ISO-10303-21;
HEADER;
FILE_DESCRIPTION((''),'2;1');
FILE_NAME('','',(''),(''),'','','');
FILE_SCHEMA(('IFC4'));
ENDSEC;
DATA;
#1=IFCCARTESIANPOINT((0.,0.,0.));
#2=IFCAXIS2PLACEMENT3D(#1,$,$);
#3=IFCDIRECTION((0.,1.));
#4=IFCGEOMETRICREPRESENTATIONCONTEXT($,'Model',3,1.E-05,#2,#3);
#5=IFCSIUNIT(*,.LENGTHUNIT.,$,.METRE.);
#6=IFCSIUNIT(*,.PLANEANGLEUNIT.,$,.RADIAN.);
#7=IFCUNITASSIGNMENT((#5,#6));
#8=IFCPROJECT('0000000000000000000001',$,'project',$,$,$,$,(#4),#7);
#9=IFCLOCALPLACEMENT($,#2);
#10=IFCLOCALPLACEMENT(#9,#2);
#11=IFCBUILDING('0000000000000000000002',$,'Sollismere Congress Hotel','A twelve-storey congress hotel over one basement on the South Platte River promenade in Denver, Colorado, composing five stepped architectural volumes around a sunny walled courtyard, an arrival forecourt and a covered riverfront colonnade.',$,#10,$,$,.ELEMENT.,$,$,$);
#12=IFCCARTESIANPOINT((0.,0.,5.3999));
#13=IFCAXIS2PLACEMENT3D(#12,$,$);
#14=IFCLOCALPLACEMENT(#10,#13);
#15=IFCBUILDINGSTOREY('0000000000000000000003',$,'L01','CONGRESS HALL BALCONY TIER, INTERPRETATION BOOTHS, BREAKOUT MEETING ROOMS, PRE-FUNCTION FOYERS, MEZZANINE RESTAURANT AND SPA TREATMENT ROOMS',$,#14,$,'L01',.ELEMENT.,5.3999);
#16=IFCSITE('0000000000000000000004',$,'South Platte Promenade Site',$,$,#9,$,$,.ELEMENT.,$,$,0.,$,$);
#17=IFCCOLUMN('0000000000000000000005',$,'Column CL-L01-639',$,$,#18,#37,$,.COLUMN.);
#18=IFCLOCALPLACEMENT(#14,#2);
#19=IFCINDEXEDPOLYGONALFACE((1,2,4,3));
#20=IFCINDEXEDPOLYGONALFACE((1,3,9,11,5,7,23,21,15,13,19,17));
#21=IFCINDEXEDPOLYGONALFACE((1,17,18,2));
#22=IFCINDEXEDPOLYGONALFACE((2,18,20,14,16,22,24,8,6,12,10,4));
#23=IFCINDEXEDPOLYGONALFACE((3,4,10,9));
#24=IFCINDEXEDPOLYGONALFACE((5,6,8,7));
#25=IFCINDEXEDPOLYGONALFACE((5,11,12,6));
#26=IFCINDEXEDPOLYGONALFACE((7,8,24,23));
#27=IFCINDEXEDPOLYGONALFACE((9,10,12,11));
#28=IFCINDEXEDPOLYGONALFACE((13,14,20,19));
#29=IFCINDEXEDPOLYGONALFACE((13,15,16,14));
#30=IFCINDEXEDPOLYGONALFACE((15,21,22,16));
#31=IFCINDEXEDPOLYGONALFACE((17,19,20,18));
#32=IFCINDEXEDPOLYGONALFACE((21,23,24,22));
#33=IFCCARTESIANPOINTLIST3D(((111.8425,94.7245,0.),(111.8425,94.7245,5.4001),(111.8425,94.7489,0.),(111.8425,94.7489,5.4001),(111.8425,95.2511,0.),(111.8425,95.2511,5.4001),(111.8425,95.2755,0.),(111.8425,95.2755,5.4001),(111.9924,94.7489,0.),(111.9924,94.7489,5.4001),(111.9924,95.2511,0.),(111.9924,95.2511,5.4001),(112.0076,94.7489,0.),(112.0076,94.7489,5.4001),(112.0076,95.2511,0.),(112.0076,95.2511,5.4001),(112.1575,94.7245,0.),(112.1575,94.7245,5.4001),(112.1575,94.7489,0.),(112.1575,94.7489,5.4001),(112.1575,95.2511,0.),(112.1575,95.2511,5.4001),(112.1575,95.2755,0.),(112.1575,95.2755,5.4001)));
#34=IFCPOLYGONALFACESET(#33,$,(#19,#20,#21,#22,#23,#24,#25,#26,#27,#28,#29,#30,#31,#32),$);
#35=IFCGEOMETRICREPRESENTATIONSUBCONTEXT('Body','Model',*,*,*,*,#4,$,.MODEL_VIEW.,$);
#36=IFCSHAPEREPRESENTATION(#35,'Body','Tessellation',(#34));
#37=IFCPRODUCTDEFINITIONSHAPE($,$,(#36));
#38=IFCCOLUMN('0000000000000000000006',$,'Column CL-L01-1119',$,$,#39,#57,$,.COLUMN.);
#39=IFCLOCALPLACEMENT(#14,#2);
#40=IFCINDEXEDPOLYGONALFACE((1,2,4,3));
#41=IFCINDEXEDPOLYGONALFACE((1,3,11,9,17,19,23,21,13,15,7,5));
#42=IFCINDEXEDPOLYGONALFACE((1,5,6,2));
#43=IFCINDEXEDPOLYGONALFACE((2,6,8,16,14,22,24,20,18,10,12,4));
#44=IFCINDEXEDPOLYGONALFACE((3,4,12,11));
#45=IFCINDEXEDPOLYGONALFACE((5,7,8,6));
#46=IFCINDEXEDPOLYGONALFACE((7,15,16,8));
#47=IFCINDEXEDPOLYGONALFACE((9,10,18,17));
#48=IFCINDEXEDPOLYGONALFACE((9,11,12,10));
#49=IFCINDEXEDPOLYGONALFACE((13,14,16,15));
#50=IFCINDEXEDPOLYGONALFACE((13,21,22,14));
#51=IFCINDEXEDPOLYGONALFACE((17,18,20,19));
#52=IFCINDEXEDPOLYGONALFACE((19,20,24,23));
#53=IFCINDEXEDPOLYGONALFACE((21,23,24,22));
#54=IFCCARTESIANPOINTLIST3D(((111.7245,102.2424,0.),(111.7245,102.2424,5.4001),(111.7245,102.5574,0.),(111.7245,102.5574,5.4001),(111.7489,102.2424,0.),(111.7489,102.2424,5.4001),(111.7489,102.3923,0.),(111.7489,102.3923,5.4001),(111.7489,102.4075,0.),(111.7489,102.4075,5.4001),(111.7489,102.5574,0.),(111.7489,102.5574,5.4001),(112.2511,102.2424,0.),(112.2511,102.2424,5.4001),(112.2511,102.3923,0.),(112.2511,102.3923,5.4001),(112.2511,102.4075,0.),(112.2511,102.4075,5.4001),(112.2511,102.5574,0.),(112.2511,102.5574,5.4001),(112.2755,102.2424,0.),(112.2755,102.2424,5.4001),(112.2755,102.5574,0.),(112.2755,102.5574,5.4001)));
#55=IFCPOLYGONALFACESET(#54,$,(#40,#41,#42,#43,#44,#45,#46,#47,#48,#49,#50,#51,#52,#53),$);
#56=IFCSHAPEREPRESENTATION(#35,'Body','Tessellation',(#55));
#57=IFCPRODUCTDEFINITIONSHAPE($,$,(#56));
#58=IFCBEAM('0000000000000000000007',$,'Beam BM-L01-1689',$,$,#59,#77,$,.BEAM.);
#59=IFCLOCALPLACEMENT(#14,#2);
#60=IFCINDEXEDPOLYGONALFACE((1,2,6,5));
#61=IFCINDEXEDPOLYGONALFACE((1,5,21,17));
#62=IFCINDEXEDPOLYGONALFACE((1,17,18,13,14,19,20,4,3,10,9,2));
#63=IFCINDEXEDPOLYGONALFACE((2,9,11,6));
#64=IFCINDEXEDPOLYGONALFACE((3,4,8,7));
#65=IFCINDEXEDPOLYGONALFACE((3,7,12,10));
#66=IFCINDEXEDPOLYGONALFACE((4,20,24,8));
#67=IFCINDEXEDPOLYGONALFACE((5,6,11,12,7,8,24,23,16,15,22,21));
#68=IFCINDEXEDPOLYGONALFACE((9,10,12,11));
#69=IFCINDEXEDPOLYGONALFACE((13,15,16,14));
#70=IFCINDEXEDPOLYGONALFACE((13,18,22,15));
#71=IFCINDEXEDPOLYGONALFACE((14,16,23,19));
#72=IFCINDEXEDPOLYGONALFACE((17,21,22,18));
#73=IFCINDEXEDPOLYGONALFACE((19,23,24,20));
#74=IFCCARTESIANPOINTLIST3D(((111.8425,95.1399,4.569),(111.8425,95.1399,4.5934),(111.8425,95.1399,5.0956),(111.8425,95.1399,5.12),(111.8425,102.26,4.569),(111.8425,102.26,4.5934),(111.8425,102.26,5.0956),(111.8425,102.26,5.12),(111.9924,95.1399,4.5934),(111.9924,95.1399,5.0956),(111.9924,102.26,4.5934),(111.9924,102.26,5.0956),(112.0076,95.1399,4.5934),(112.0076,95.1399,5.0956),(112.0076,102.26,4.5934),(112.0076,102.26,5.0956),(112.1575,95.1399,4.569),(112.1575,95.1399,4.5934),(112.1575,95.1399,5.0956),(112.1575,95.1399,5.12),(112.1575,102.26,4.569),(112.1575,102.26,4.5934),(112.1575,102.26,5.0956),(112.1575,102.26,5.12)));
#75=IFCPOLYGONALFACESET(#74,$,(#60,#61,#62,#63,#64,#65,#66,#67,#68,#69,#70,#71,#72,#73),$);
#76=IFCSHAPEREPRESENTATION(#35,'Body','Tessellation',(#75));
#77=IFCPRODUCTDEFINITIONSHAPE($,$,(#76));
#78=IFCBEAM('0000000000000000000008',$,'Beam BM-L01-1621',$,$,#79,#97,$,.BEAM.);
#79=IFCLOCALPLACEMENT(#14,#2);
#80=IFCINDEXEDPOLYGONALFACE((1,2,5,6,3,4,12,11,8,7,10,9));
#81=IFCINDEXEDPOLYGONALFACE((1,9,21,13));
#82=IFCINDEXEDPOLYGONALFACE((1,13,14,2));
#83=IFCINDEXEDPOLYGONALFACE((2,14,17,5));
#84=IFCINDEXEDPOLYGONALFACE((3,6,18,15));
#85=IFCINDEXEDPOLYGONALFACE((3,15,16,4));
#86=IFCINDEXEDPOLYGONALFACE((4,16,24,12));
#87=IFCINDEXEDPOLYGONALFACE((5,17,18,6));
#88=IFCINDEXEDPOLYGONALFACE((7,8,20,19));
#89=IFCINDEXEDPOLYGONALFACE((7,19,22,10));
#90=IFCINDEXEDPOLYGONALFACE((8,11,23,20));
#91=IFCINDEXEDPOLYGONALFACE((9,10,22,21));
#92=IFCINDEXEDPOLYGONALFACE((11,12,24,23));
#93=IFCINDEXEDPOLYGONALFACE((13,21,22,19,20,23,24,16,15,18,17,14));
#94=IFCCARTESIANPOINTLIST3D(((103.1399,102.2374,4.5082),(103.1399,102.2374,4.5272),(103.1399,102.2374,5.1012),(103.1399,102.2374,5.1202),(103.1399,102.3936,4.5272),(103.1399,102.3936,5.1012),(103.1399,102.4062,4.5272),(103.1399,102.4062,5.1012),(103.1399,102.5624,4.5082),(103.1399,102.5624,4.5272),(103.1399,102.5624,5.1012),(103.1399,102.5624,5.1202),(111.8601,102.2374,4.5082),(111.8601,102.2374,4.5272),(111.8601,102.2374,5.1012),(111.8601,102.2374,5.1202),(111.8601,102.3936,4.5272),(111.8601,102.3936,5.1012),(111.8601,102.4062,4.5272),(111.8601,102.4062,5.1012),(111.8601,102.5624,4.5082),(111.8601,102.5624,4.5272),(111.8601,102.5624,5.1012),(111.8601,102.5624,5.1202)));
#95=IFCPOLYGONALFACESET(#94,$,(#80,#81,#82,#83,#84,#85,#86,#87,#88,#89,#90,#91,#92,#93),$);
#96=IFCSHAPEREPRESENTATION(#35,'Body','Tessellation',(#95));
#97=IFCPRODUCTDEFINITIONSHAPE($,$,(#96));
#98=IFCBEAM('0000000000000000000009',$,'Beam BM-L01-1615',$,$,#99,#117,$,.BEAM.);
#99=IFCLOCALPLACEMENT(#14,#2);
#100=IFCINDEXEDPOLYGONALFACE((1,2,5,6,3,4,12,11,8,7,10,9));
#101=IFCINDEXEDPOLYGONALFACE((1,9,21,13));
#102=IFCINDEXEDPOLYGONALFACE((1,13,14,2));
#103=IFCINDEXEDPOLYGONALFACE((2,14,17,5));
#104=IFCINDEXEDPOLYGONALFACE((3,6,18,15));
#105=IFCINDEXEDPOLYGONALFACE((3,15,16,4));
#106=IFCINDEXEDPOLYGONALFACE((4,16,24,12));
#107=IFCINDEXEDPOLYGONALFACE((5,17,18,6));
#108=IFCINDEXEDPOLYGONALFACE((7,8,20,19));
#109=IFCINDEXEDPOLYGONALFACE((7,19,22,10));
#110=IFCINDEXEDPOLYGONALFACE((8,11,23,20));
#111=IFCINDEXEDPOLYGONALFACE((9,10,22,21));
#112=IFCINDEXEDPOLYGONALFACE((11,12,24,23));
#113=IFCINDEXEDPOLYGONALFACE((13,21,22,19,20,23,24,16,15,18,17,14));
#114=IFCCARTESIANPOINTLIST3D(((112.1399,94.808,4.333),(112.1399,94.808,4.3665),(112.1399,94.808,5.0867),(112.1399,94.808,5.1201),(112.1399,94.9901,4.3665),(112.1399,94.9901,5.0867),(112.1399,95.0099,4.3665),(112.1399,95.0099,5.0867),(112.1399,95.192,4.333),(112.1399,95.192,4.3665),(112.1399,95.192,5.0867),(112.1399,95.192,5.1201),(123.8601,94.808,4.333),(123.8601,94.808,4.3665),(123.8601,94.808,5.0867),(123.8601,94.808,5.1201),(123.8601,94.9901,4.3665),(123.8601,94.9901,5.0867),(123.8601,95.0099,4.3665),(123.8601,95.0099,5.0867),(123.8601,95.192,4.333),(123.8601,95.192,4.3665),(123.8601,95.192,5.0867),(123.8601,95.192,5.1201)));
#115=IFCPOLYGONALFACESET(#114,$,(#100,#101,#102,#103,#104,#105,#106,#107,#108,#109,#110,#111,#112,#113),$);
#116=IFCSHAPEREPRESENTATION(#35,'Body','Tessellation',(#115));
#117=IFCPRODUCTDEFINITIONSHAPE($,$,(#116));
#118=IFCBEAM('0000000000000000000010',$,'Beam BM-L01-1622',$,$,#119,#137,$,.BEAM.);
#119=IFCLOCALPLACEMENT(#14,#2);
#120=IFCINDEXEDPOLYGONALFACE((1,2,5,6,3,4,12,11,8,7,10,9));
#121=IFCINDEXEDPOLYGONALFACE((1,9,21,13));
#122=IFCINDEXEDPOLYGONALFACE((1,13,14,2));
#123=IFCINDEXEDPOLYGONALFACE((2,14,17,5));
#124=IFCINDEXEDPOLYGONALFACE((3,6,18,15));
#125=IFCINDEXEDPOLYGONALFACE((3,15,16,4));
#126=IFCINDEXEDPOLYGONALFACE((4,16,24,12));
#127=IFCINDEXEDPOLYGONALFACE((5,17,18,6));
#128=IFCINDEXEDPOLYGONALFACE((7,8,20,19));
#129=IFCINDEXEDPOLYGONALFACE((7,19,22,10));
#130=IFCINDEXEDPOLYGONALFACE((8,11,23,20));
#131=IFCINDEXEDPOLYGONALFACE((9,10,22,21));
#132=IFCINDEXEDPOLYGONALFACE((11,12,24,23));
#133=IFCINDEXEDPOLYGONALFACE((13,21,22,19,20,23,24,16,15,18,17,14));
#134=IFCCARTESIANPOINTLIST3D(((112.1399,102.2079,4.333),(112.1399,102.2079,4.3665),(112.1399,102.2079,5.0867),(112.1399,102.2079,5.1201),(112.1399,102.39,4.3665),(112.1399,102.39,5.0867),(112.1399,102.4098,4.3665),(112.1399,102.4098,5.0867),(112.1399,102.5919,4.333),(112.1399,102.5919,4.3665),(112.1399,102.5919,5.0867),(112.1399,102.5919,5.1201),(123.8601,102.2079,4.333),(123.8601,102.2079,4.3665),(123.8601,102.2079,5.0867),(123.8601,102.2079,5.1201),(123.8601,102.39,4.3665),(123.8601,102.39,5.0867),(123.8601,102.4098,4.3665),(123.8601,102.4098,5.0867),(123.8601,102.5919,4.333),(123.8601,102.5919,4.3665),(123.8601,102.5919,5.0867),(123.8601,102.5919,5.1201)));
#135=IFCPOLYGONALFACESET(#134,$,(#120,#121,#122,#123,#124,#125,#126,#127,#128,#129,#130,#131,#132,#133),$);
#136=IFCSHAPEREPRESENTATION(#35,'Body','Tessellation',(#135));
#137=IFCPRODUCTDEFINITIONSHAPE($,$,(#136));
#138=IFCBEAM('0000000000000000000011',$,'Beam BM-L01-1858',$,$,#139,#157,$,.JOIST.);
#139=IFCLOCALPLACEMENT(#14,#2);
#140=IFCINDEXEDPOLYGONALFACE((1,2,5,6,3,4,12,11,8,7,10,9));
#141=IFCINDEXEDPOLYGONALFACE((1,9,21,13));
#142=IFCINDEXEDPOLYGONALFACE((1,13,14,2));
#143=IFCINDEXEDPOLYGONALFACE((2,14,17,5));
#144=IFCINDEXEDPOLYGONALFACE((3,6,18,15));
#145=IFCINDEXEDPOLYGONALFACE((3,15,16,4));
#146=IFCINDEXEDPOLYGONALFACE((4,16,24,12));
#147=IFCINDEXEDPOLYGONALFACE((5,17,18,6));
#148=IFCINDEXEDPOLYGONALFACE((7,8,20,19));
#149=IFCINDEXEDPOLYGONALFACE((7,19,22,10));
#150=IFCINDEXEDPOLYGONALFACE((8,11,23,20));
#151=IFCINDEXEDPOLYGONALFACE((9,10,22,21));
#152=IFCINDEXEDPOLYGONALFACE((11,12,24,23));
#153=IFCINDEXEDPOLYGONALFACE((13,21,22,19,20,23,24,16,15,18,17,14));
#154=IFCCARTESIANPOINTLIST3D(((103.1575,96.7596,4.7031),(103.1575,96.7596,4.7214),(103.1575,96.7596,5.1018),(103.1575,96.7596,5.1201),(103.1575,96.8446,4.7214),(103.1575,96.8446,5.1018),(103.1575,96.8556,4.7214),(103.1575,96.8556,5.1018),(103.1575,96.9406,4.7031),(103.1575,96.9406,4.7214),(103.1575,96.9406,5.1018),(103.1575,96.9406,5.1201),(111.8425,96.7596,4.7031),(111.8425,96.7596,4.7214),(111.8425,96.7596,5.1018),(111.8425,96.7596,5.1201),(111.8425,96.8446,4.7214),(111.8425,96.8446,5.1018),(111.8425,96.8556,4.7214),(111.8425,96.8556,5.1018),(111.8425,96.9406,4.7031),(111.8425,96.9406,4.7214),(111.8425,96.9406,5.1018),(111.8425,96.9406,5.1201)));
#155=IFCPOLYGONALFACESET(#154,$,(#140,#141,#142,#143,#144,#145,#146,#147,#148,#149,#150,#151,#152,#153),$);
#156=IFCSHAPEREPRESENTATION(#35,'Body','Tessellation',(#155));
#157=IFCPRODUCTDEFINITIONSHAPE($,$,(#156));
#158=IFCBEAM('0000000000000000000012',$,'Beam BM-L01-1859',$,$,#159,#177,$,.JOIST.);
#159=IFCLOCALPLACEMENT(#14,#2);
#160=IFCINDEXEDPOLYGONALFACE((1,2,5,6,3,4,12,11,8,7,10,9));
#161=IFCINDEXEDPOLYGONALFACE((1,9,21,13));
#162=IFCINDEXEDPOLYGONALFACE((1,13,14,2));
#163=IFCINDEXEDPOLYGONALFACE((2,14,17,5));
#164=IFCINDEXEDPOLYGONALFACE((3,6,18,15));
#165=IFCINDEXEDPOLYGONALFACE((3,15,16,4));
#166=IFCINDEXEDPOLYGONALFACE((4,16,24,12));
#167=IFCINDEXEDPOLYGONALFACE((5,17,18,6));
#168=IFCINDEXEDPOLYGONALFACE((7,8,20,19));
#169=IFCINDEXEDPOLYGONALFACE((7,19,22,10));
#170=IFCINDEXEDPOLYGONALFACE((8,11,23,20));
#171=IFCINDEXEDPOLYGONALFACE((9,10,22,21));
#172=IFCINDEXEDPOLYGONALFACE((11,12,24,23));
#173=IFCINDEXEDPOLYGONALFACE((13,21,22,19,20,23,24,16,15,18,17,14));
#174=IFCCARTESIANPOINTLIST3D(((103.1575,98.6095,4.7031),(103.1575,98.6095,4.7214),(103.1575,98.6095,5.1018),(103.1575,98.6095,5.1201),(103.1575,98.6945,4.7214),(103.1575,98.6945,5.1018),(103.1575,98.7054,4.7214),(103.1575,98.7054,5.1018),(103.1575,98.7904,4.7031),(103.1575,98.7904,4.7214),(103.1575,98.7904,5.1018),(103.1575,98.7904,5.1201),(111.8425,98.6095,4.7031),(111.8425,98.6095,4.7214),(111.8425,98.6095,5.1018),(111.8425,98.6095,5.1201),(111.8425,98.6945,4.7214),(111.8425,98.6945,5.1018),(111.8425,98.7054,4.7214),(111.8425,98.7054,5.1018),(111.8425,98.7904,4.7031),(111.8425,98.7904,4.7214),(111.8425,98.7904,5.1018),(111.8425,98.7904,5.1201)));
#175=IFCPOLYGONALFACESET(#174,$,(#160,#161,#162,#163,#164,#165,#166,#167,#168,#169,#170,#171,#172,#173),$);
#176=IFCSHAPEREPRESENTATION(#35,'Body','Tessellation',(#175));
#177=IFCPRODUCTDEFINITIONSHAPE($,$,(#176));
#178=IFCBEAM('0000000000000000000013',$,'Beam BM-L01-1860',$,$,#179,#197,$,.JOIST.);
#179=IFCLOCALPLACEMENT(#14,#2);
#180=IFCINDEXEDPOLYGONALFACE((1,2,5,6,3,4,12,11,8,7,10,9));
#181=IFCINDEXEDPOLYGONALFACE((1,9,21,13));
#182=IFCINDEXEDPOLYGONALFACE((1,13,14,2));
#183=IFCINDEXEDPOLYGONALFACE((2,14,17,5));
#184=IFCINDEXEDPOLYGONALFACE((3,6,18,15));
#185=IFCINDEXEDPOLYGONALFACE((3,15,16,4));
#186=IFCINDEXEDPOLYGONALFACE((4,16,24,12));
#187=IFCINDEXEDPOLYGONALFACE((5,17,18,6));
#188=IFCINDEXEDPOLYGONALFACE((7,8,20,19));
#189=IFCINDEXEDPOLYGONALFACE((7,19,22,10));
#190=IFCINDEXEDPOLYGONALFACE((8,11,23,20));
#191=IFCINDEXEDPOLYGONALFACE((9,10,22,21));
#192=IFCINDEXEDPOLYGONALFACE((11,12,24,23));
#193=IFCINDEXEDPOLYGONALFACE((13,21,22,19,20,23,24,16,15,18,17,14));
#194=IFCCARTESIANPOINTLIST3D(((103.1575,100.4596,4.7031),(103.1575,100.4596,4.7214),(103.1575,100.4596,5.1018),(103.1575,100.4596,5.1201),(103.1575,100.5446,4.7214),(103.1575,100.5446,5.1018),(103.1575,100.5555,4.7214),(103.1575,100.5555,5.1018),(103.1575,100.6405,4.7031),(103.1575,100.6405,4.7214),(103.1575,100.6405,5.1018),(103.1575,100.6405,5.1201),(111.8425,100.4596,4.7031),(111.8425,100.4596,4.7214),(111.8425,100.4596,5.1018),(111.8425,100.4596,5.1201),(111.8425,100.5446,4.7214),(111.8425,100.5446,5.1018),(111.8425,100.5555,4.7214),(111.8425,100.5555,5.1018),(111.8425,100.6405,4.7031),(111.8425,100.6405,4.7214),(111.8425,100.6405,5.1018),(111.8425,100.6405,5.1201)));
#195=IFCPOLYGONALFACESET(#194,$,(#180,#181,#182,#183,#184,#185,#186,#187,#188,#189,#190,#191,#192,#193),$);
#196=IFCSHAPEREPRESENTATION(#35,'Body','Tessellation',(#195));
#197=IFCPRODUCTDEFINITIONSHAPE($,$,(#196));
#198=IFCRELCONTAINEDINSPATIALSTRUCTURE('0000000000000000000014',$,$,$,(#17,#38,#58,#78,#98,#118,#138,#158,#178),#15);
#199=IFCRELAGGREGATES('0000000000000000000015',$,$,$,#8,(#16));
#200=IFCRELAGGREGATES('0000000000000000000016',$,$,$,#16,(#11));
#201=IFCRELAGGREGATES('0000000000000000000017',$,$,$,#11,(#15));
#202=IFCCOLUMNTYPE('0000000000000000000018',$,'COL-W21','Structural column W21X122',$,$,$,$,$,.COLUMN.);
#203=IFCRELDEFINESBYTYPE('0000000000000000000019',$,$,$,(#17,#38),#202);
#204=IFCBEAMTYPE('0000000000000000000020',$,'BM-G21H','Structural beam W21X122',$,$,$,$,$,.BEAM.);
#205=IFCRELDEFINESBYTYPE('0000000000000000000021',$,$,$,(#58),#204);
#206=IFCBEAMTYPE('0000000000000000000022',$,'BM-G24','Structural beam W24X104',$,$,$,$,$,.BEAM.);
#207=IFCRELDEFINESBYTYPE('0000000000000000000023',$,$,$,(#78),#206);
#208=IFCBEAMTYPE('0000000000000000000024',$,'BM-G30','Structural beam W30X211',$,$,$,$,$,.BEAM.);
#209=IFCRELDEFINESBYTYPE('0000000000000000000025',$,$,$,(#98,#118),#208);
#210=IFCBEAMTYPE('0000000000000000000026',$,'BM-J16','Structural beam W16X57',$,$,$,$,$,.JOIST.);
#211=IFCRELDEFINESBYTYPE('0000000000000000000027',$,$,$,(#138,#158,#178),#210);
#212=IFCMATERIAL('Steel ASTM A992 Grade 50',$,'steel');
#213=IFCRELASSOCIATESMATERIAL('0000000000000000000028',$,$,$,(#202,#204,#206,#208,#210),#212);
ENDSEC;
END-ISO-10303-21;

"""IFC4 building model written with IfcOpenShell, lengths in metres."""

from ifc_helpers import new_model, si_unit, direction, frame, origin, origin_2d, place, context, subcontext, project, spatial, i_section, extrude, material, material_profile, profile_set, type_object, element, save


model = new_model("IFC4")

# Units and contexts
model_context = context("Model", 3, precision=1e-05, world=origin(), true_north=direction((0.0, 1.0)))
body_context = subcontext(model_context, "Body", "Model", "MODEL_VIEW")
ifc_project = project(units=[si_unit("LENGTHUNIT", "METRE"), si_unit("PLANEANGLEUNIT", "RADIAN")], contexts=[model_context])

# Site, building, storey
site_placement = place(None, origin())
site = spatial("IfcSite", under=ifc_project, at=site_placement, Name="South Platte Promenade Site", CompositionType="ELEMENT", RefElevation=0.0)
building_placement = place(site_placement, origin())
building = spatial("IfcBuilding", under=site, at=building_placement, Name="Sollismere Congress Hotel", Description="A twelve-storey congress hotel over one basement on the South Platte River promenade in Denver, Colorado, composing five stepped architectural volumes around a sunny walled courtyard, an arrival forecourt and a covered riverfront colonnade.", CompositionType="ELEMENT")
storey_placement = place(building_placement, frame((0.0, 0.0, 5.3999)))
storey = spatial("IfcBuildingStorey", under=building, at=storey_placement, Name="L01", Description="CONGRESS HALL BALCONY TIER, INTERPRETATION BOOTHS, BREAKOUT MEETING ROOMS, PRE-FUNCTION FOYERS, MEZZANINE RESTAURANT AND SPA TREATMENT ROOMS", LongName="L01", CompositionType="ELEMENT", Elevation=5.3999)

# Columns
ifc_material_1 = material(Name="Steel ASTM A992 Grade 50", Category="steel")
ifc_material_profile_1 = material_profile(ifc_material_1, i_section(OverallWidth=0.3149, OverallDepth=0.551, WebThickness=0.0151, FlangeThickness=0.0244, at=origin_2d()), Name="W21X122")
ifc_profile_set_1 = profile_set([ifc_material_profile_1], Name="Steel ASTM A992 Grade 50")
column_type = type_object("IfcColumnType", Name="COL-W21", Description="Structural column W21X122", PredefinedType="COLUMN", material=ifc_profile_set_1)
for number, where, z_axis, x_axis, name in (
    (1, (112.0, 95.0, 0.0), (0.0, 0.0, 1.0), (1.0, 0.0, 0.0), "Column CL-L01-639"),
    (2, (112.0, 102.3999, 0.0), (0.0, 0.0, 1.0), (0.0, 1.0, 0.0), "Column CL-L01-1119"),
):
    element("IfcColumn", number, at=place(storey_placement, frame(where, z_axis=z_axis, x_axis=x_axis)), inside=storey, type_object=column_type, Name=name, PredefinedType="COLUMN", context=body_context, shape_type="SweptSolid", body=[
        extrude(i_section(OverallWidth=0.3149, OverallDepth=0.551, WebThickness=0.0151, FlangeThickness=0.0244, at=origin_2d()), origin(), (0.0, 0.0, 1.0), 5.4001),
    ])

# Beams
ifc_material_profile_2 = material_profile(ifc_material_1, i_section(OverallWidth=0.3149, OverallDepth=0.551, WebThickness=0.0151, FlangeThickness=0.0244, at=origin_2d()), Name="W21X122")
ifc_profile_set_2 = profile_set([ifc_material_profile_2], Name="Steel ASTM A992 Grade 50")
beam_type_1 = type_object("IfcBeamType", Name="BM-G21H", Description="Structural beam W21X122", PredefinedType="BEAM", material=ifc_profile_set_2)
beam_1_placement = place(storey_placement, frame((112.0, 95.1399, 4.8445), z_axis=(0.0, 1.0, 0.0), x_axis=(-1.0, 0.0, 0.0)))
element("IfcBeam", 3, at=beam_1_placement, inside=storey, type_object=beam_type_1, Name="Beam BM-L01-1689", PredefinedType="BEAM", context=body_context, shape_type="SweptSolid", body=[
    extrude(i_section(OverallWidth=0.3149, OverallDepth=0.551, WebThickness=0.0151, FlangeThickness=0.0244, at=origin_2d()), origin(), (0.0, 0.0, 1.0), 7.1201),
])
ifc_material_profile_3 = material_profile(ifc_material_1, i_section(OverallWidth=0.325, OverallDepth=0.6121, WebThickness=0.0127, FlangeThickness=0.019, at=origin_2d()), Name="W24X104")
ifc_profile_set_3 = profile_set([ifc_material_profile_3], Name="Steel ASTM A992 Grade 50")
beam_type_2 = type_object("IfcBeamType", Name="BM-G24", Description="Structural beam W24X104", PredefinedType="BEAM", material=ifc_profile_set_3)
beam_2_placement = place(storey_placement, frame((103.1399, 102.3999, 4.8142), z_axis=(1.0, 0.0, 0.0), x_axis=(0.0, 1.0, 0.0)))
element("IfcBeam", 4, at=beam_2_placement, inside=storey, type_object=beam_type_2, Name="Beam BM-L01-1621", PredefinedType="BEAM", context=body_context, shape_type="SweptSolid", body=[
    extrude(i_section(OverallWidth=0.325, OverallDepth=0.6121, WebThickness=0.0127, FlangeThickness=0.019, at=origin_2d()), origin(), (0.0, 0.0, 1.0), 8.7202),
])
ifc_material_profile_4 = material_profile(ifc_material_1, i_section(OverallWidth=0.384, OverallDepth=0.7871, WebThickness=0.0198, FlangeThickness=0.0334, at=origin_2d()), Name="W30X211")
ifc_profile_set_4 = profile_set([ifc_material_profile_4], Name="Steel ASTM A992 Grade 50")
beam_type_3 = type_object("IfcBeamType", Name="BM-G30", Description="Structural beam W30X211", PredefinedType="BEAM", material=ifc_profile_set_4)
for number, where, z_axis, x_axis, name in (
    (5, (112.1399, 95.0, 4.7266), (1.0, 0.0, 0.0), (0.0, 1.0, 0.0), "Beam BM-L01-1615"),
    (6, (112.1399, 102.3999, 4.7266), (1.0, 0.0, 0.0), (0.0, 1.0, 0.0), "Beam BM-L01-1622"),
):
    element("IfcBeam", number, at=place(storey_placement, frame(where, z_axis=z_axis, x_axis=x_axis)), inside=storey, type_object=beam_type_3, Name=name, PredefinedType="BEAM", context=body_context, shape_type="SweptSolid", body=[
        extrude(i_section(OverallWidth=0.384, OverallDepth=0.7871, WebThickness=0.0198, FlangeThickness=0.0334, at=origin_2d()), origin(), (0.0, 0.0, 1.0), 11.7202),
    ])
ifc_material_profile_5 = material_profile(ifc_material_1, i_section(OverallWidth=0.1809, OverallDepth=0.417, WebThickness=0.011, FlangeThickness=0.0183, at=origin_2d()), Name="W16X57")
ifc_profile_set_5 = profile_set([ifc_material_profile_5], Name="Steel ASTM A992 Grade 50")
beam_type_4 = type_object("IfcBeamType", Name="BM-J16", Description="Structural beam W16X57", PredefinedType="JOIST", material=ifc_profile_set_5)
for number, where, z_axis, x_axis, name in (
    (7, (103.1575, 96.8501, 4.9116), (1.0, 0.0, 0.0), (0.0, 1.0, 0.0), "Beam BM-L01-1858"),
    (8, (103.1575, 98.7, 4.9116), (1.0, 0.0, 0.0), (0.0, 1.0, 0.0), "Beam BM-L01-1859"),
    (9, (103.1575, 100.55, 4.9116), (1.0, 0.0, 0.0), (0.0, 1.0, 0.0), "Beam BM-L01-1860"),
):
    element("IfcBeam", number, at=place(storey_placement, frame(where, z_axis=z_axis, x_axis=x_axis)), inside=storey, type_object=beam_type_4, Name=name, PredefinedType="JOIST", context=body_context, shape_type="SweptSolid", body=[
        extrude(i_section(OverallWidth=0.1809, OverallDepth=0.417, WebThickness=0.011, FlangeThickness=0.0183, at=origin_2d()), origin(), (0.0, 0.0, 1.0), 8.6851),
    ])

save(model, "model.ifc")
